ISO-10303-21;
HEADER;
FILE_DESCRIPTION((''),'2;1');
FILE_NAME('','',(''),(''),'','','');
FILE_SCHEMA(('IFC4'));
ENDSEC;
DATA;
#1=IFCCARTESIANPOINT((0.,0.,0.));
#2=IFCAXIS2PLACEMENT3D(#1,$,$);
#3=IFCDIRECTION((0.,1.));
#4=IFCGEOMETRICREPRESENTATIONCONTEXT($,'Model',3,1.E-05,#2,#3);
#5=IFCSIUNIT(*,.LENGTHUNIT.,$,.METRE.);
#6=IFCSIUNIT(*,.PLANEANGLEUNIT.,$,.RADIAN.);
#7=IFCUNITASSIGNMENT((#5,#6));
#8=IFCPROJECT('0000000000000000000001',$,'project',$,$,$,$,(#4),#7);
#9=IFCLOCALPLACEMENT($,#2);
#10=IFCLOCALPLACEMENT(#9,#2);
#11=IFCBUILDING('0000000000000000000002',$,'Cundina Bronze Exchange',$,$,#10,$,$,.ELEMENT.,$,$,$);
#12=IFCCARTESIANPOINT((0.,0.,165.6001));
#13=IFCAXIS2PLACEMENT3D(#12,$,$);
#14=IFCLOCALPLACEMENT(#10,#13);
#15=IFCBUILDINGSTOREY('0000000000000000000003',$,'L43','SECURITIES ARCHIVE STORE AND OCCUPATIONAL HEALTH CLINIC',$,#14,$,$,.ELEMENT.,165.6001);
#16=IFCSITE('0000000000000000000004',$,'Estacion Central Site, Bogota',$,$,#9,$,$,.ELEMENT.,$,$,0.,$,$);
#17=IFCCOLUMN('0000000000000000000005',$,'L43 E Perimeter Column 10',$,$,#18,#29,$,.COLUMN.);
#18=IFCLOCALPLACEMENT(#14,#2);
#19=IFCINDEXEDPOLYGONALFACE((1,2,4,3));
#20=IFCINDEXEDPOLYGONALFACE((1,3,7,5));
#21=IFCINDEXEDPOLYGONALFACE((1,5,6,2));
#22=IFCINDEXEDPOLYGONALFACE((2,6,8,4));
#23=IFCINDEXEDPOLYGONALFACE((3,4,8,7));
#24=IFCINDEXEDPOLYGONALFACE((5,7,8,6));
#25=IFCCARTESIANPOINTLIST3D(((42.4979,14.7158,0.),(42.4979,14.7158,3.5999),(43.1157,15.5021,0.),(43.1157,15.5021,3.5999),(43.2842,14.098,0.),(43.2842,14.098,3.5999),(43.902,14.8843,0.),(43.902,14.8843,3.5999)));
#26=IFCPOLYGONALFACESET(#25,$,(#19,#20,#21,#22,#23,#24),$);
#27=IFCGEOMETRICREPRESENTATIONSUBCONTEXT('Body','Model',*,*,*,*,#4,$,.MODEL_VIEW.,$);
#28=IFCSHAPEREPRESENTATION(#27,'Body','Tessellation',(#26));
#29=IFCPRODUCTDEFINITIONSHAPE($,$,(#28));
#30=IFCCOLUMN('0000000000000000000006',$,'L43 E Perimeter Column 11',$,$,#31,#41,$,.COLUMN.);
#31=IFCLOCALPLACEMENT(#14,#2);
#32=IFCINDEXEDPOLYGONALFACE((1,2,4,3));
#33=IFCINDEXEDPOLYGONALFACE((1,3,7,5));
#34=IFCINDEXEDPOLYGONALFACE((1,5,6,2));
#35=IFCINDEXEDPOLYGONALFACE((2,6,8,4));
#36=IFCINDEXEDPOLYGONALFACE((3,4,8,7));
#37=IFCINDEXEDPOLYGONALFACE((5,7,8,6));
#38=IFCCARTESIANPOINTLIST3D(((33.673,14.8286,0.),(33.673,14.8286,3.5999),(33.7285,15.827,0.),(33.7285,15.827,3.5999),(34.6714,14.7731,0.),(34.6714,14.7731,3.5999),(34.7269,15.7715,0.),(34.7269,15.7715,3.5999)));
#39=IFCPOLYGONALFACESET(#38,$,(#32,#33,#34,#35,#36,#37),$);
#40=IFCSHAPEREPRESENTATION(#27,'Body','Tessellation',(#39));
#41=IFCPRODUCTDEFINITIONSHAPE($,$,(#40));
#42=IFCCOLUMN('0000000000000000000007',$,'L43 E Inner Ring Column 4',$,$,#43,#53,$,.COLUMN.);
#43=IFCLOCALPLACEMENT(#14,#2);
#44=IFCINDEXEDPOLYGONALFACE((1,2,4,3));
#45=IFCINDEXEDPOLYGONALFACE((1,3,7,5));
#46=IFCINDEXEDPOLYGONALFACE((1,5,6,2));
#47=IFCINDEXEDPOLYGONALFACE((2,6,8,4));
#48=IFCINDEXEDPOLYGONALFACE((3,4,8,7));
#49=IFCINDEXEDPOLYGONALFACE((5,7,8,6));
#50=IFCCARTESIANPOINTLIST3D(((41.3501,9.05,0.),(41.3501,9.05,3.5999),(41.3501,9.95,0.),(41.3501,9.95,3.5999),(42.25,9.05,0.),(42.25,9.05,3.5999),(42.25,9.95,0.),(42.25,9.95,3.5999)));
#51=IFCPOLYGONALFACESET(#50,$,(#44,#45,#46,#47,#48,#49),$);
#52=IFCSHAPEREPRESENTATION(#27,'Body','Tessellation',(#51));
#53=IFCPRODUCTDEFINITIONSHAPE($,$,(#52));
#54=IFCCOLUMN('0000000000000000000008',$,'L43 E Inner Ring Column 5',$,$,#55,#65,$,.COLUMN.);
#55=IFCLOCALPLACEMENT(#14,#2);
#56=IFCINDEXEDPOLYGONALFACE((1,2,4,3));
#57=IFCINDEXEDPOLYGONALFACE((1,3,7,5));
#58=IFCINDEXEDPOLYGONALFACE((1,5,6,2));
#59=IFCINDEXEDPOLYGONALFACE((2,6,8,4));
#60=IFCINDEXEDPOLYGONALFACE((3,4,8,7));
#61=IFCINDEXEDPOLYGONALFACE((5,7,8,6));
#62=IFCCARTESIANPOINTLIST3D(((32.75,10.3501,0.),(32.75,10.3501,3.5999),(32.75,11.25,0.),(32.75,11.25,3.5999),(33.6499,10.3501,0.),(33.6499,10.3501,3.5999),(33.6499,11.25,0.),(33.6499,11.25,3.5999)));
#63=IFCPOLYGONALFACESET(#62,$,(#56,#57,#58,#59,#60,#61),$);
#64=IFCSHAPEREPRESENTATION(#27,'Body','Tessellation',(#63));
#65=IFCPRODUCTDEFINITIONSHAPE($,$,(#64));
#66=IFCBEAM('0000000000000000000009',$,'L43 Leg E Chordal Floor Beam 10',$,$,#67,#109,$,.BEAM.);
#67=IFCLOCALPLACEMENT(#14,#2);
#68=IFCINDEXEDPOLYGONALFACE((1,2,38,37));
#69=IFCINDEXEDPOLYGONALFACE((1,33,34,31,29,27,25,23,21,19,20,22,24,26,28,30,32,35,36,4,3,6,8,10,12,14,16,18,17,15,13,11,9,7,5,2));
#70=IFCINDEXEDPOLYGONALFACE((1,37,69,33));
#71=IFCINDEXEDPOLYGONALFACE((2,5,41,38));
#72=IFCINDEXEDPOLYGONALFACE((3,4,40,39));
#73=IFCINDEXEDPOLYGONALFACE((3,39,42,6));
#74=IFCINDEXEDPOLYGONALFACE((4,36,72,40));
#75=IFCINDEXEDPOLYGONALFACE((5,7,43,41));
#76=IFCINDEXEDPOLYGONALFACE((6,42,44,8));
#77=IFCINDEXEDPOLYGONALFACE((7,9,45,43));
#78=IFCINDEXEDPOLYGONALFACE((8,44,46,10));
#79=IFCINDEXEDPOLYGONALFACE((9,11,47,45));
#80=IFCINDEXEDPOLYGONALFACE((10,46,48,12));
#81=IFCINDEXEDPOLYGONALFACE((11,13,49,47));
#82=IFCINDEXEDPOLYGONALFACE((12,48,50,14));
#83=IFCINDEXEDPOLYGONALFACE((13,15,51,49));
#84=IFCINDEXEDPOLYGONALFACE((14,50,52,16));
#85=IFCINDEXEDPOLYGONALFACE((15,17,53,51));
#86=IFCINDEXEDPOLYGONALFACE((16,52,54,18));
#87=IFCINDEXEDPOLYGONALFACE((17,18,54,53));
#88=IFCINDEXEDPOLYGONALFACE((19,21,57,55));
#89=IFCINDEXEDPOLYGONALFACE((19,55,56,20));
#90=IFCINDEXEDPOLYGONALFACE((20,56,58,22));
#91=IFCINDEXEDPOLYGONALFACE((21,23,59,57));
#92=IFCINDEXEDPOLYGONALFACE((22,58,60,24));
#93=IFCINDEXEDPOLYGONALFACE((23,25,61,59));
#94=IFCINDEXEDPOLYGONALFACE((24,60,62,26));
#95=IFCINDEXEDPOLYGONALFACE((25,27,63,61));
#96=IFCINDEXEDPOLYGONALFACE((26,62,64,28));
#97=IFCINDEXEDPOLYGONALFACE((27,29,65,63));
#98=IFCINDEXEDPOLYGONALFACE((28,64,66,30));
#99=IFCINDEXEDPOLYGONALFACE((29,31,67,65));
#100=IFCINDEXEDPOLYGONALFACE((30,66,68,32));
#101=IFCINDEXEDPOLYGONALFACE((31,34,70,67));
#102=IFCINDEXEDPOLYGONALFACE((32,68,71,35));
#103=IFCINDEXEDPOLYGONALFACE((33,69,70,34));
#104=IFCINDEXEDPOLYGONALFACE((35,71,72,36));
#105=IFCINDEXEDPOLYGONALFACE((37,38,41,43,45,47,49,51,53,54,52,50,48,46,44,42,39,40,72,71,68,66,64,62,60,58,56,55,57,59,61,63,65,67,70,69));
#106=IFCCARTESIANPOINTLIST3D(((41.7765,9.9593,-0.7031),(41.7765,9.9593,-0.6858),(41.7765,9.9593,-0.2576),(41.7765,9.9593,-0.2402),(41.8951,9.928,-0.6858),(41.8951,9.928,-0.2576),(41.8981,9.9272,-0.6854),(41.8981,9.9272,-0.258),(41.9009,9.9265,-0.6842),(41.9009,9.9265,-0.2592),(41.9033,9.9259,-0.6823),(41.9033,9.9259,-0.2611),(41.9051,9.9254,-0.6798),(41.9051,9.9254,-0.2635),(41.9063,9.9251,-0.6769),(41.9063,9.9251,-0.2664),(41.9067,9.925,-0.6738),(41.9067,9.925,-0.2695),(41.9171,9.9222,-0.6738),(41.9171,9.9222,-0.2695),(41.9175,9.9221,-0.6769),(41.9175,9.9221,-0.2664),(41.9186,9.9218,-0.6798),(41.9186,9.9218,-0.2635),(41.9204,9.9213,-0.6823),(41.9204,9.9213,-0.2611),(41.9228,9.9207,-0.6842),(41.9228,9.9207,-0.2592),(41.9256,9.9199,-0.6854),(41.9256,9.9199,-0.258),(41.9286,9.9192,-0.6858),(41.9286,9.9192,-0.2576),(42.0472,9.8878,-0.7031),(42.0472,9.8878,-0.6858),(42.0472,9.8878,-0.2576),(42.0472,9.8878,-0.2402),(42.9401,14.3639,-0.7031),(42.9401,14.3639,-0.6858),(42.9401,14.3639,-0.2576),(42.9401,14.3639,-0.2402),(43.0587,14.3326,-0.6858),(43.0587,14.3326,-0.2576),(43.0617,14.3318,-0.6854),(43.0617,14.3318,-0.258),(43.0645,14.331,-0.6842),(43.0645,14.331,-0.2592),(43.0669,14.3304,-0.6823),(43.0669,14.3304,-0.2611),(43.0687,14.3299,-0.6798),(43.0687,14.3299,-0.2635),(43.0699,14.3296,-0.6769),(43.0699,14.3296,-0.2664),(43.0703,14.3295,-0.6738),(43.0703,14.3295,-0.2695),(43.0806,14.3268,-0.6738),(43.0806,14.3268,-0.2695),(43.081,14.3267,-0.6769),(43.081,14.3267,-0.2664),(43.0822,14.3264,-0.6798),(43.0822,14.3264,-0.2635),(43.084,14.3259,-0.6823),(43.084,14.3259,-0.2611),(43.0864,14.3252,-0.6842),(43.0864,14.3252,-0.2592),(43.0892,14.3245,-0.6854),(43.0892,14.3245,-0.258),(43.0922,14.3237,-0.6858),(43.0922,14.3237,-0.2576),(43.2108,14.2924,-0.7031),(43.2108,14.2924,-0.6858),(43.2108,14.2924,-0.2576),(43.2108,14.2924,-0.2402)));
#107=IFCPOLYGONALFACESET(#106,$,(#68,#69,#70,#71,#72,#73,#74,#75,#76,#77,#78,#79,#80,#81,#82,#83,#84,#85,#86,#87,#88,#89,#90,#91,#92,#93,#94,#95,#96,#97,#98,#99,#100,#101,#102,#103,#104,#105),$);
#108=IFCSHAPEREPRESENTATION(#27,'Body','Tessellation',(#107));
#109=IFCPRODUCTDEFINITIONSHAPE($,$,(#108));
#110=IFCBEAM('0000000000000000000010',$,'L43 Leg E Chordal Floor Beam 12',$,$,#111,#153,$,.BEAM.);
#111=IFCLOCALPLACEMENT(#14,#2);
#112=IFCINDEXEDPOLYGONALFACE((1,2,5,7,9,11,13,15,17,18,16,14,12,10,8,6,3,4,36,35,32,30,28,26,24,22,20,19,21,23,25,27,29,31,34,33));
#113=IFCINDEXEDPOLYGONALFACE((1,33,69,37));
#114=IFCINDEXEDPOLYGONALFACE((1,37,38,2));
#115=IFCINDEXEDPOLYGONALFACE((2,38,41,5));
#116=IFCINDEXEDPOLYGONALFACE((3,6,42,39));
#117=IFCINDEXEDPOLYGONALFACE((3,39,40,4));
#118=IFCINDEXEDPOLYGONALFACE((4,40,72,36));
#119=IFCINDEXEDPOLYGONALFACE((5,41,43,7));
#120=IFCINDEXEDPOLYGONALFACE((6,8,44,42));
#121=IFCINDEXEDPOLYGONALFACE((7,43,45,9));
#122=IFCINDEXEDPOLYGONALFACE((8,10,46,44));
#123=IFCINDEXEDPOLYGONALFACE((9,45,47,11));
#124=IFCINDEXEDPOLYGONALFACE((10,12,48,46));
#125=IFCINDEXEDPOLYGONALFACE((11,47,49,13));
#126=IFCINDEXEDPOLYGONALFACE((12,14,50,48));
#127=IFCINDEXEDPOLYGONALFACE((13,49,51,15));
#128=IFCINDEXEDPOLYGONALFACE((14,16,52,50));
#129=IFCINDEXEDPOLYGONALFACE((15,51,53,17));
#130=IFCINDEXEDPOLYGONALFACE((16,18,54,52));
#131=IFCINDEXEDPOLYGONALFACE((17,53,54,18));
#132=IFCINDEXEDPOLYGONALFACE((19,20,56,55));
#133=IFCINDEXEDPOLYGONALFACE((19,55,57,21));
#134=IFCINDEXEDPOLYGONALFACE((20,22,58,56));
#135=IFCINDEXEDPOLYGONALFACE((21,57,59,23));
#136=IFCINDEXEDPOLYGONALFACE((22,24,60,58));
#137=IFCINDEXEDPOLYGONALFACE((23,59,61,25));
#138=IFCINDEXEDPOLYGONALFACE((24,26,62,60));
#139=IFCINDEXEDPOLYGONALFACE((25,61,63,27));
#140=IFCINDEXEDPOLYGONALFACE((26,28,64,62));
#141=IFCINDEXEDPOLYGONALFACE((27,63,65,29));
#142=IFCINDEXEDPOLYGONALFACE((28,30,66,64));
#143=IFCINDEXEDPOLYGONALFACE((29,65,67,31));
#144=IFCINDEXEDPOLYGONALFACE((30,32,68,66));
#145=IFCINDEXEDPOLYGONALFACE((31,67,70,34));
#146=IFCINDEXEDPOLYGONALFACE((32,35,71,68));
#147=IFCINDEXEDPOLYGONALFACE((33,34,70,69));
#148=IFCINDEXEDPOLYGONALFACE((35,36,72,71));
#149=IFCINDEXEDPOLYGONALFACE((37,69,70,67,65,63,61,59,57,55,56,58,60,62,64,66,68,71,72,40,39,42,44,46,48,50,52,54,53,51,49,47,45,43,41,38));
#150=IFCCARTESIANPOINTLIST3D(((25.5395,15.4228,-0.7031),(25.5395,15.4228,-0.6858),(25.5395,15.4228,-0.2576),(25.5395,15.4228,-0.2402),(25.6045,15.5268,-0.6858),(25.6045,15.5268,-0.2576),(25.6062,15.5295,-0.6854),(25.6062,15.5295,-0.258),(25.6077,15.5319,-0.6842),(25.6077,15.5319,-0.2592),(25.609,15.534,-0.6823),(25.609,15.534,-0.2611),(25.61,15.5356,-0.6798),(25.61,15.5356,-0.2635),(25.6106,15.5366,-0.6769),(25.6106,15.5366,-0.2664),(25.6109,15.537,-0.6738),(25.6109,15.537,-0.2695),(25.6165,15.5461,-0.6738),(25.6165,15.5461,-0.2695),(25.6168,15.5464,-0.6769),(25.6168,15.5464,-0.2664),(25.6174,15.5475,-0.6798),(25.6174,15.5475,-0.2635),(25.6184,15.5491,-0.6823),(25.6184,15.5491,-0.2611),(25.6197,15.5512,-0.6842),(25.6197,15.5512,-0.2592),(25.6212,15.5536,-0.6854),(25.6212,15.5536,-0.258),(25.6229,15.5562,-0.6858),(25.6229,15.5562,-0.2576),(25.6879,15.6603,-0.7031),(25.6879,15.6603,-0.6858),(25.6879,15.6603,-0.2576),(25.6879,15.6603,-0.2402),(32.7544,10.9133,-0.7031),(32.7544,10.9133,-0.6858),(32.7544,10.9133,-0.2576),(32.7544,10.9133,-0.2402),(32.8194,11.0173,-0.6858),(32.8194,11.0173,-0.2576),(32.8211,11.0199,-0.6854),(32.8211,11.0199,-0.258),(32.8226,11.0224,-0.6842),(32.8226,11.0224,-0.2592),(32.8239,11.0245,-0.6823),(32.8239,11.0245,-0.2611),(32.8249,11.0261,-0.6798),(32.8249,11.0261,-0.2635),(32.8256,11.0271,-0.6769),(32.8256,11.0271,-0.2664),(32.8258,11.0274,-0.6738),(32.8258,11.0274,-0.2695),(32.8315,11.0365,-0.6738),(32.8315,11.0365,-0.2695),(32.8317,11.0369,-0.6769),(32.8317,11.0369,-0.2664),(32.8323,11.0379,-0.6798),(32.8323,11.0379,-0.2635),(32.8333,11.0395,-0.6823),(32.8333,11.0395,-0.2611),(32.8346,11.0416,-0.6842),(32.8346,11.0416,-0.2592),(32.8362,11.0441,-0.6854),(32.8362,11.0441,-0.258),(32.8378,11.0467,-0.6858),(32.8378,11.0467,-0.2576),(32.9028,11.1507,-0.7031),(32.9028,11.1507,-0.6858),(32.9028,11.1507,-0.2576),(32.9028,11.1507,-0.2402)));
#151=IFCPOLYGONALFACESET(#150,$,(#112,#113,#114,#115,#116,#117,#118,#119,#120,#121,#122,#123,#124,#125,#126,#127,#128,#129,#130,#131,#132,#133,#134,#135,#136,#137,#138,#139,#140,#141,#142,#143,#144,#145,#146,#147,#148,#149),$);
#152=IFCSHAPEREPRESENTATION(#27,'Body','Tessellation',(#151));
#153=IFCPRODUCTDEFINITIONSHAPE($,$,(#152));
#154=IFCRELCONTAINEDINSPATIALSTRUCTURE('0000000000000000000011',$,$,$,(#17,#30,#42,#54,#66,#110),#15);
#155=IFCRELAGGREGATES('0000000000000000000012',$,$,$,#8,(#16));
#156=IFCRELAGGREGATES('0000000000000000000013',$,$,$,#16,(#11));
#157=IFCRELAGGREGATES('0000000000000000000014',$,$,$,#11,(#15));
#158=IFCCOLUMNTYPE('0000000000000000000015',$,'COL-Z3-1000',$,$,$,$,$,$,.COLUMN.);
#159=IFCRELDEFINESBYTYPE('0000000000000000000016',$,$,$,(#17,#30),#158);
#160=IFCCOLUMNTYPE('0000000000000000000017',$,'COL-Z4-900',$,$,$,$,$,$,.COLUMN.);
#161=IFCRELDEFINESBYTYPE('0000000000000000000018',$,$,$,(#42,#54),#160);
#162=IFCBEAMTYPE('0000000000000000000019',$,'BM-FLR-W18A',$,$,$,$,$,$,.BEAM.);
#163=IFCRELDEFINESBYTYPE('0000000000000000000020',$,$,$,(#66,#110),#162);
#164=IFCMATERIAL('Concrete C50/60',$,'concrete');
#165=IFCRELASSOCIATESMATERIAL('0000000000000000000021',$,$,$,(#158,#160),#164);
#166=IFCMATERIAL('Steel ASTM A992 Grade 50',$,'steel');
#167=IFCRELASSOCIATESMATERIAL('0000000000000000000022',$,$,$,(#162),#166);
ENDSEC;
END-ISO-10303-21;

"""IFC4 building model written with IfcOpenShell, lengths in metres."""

from ifc_helpers import new_model, si_unit, direction, frame, origin, origin_2d, place, context, subcontext, project, spatial, rectangle, i_section, extrude, material, material_profile, profile_set, type_object, element, save


model = new_model("IFC4")

# Units and contexts
model_context = context("Model", 3, precision=1e-05, world=origin(), true_north=direction((0.0, 1.0)))
body_context = subcontext(model_context, "Body", "Model", "MODEL_VIEW")
ifc_project = project(units=[si_unit("LENGTHUNIT", "METRE"), si_unit("PLANEANGLEUNIT", "RADIAN")], contexts=[model_context])

# Site, building, storey
site_placement = place(None, origin())
site = spatial("IfcSite", under=ifc_project, at=site_placement, Name="Estacion Central Site, Bogota", CompositionType="ELEMENT", RefElevation=0.0)
building_placement = place(site_placement, origin())
building = spatial("IfcBuilding", under=site, at=building_placement, Name="Cundina Bronze Exchange", CompositionType="ELEMENT")
storey_placement = place(building_placement, frame((0.0, 0.0, 165.6001)))
storey = spatial("IfcBuildingStorey", under=building, at=storey_placement, Name="L43", Description="SECURITIES ARCHIVE STORE AND OCCUPATIONAL HEALTH CLINIC", CompositionType="ELEMENT", Elevation=165.6001)

# Columns
ifc_material_1 = material(Name="Concrete C50/60", Category="concrete")
ifc_material_profile_1 = material_profile(ifc_material_1, rectangle(XDim=1.0, YDim=1.0, at=origin_2d()), Name="RC1000X1000", Category="concrete")
ifc_profile_set_1 = profile_set([ifc_material_profile_1], Name="Concrete C50/60")
column_type_1 = type_object("IfcColumnType", Name="COL-Z3-1000", PredefinedType="COLUMN", material=ifc_profile_set_1)
for number, where, z_axis, x_axis, name in (
    (1, (43.2, 14.8, 0.0), (0.0, 0.0, 1.0), (-0.786288, 0.61786, 0.0), "L43 E Perimeter Column 10"),
    (2, (34.2, 15.3, 0.0), (0.0, 0.0, 1.0), (-0.99846, 0.055473, 0.0), "L43 E Perimeter Column 11"),
):
    element("IfcColumn", number, at=place(storey_placement, frame(where, z_axis=z_axis, x_axis=x_axis)), inside=storey, type_object=column_type_1, Name=name, PredefinedType="COLUMN", context=body_context, shape_type="SweptSolid", body=[
        extrude(rectangle(XDim=1.0, YDim=1.0, at=origin_2d()), origin(), (0.0, 0.0, 1.0), 3.5999),
    ])
ifc_material_profile_2 = material_profile(ifc_material_1, rectangle(XDim=0.8999, YDim=0.8999, at=origin_2d()), Name="RC900X900", Category="concrete")
ifc_profile_set_2 = profile_set([ifc_material_profile_2], Name="Concrete C50/60")
column_type_2 = type_object("IfcColumnType", Name="COL-Z4-900", PredefinedType="COLUMN", material=ifc_profile_set_2)
for number, where, z_axis, x_axis, name in (
    (3, (41.8, 9.5, 0.0), (0.0, 0.0, 1.0), (1.0, 0.0, 0.0), "L43 E Inner Ring Column 4"),
    (4, (33.2, 10.8, 0.0), (0.0, 0.0, 1.0), (1.0, 0.0, 0.0), "L43 E Inner Ring Column 5"),
):
    element("IfcColumn", number, at=place(storey_placement, frame(where, z_axis=z_axis, x_axis=x_axis)), inside=storey, type_object=column_type_2, Name=name, PredefinedType="COLUMN", context=body_context, shape_type="SweptSolid", body=[
        extrude(rectangle(XDim=0.8999, YDim=0.8999, at=origin_2d()), origin(), (0.0, 0.0, 1.0), 3.5999),
    ])

# Beams
ifc_material_2 = material(Name="Steel ASTM A992 Grade 50", Category="steel")
ifc_material_profile_3 = material_profile(ifc_material_2, i_section(OverallWidth=0.28, OverallDepth=0.4629, WebThickness=0.0107, FlangeThickness=0.0173, FilletRadius=0.012, at=origin_2d()), Name="W18X76", Category="steel")
ifc_profile_set_3 = profile_set([ifc_material_profile_3], Name="Steel ASTM A992 Grade 50")
beam_type_1 = type_object("IfcBeamType", Name="BM-FLR-W18A", PredefinedType="BEAM", material=ifc_profile_set_3)
beam_1_placement = place(storey_placement, frame((41.9119, 9.9236, -0.4717), z_axis=(0.255414, 0.966832, 0.0), x_axis=(-0.966832, 0.255414, 0.0)))
element("IfcBeam", 5, at=beam_1_placement, inside=storey, type_object=beam_type_1, Name="L43 Leg E Chordal Floor Beam 10", PredefinedType="BEAM", context=body_context, shape_type="SweptSolid", body=[
    extrude(i_section(OverallWidth=0.28, OverallDepth=0.4629, WebThickness=0.0107, FlangeThickness=0.0173, FilletRadius=0.012, at=origin_2d()), origin(), (0.0, 0.0, 1.0), 4.5557),
])
beam_2_placement = place(storey_placement, frame((32.8286, 11.032, -0.4717), z_axis=(-0.847985, 0.53002, 0.0), x_axis=(-0.53002, -0.847985, 0.0)))
element("IfcBeam", 6, at=beam_2_placement, inside=storey, type_object=beam_type_1, Name="L43 Leg E Chordal Floor Beam 12", PredefinedType="BEAM", context=body_context, shape_type="SweptSolid", body=[
    extrude(i_section(OverallWidth=0.28, OverallDepth=0.4629, WebThickness=0.0107, FlangeThickness=0.0173, FilletRadius=0.012, at=origin_2d()), origin(), (0.0, 0.0, 1.0), 8.5083),
])

save(model, "model.ifc")
